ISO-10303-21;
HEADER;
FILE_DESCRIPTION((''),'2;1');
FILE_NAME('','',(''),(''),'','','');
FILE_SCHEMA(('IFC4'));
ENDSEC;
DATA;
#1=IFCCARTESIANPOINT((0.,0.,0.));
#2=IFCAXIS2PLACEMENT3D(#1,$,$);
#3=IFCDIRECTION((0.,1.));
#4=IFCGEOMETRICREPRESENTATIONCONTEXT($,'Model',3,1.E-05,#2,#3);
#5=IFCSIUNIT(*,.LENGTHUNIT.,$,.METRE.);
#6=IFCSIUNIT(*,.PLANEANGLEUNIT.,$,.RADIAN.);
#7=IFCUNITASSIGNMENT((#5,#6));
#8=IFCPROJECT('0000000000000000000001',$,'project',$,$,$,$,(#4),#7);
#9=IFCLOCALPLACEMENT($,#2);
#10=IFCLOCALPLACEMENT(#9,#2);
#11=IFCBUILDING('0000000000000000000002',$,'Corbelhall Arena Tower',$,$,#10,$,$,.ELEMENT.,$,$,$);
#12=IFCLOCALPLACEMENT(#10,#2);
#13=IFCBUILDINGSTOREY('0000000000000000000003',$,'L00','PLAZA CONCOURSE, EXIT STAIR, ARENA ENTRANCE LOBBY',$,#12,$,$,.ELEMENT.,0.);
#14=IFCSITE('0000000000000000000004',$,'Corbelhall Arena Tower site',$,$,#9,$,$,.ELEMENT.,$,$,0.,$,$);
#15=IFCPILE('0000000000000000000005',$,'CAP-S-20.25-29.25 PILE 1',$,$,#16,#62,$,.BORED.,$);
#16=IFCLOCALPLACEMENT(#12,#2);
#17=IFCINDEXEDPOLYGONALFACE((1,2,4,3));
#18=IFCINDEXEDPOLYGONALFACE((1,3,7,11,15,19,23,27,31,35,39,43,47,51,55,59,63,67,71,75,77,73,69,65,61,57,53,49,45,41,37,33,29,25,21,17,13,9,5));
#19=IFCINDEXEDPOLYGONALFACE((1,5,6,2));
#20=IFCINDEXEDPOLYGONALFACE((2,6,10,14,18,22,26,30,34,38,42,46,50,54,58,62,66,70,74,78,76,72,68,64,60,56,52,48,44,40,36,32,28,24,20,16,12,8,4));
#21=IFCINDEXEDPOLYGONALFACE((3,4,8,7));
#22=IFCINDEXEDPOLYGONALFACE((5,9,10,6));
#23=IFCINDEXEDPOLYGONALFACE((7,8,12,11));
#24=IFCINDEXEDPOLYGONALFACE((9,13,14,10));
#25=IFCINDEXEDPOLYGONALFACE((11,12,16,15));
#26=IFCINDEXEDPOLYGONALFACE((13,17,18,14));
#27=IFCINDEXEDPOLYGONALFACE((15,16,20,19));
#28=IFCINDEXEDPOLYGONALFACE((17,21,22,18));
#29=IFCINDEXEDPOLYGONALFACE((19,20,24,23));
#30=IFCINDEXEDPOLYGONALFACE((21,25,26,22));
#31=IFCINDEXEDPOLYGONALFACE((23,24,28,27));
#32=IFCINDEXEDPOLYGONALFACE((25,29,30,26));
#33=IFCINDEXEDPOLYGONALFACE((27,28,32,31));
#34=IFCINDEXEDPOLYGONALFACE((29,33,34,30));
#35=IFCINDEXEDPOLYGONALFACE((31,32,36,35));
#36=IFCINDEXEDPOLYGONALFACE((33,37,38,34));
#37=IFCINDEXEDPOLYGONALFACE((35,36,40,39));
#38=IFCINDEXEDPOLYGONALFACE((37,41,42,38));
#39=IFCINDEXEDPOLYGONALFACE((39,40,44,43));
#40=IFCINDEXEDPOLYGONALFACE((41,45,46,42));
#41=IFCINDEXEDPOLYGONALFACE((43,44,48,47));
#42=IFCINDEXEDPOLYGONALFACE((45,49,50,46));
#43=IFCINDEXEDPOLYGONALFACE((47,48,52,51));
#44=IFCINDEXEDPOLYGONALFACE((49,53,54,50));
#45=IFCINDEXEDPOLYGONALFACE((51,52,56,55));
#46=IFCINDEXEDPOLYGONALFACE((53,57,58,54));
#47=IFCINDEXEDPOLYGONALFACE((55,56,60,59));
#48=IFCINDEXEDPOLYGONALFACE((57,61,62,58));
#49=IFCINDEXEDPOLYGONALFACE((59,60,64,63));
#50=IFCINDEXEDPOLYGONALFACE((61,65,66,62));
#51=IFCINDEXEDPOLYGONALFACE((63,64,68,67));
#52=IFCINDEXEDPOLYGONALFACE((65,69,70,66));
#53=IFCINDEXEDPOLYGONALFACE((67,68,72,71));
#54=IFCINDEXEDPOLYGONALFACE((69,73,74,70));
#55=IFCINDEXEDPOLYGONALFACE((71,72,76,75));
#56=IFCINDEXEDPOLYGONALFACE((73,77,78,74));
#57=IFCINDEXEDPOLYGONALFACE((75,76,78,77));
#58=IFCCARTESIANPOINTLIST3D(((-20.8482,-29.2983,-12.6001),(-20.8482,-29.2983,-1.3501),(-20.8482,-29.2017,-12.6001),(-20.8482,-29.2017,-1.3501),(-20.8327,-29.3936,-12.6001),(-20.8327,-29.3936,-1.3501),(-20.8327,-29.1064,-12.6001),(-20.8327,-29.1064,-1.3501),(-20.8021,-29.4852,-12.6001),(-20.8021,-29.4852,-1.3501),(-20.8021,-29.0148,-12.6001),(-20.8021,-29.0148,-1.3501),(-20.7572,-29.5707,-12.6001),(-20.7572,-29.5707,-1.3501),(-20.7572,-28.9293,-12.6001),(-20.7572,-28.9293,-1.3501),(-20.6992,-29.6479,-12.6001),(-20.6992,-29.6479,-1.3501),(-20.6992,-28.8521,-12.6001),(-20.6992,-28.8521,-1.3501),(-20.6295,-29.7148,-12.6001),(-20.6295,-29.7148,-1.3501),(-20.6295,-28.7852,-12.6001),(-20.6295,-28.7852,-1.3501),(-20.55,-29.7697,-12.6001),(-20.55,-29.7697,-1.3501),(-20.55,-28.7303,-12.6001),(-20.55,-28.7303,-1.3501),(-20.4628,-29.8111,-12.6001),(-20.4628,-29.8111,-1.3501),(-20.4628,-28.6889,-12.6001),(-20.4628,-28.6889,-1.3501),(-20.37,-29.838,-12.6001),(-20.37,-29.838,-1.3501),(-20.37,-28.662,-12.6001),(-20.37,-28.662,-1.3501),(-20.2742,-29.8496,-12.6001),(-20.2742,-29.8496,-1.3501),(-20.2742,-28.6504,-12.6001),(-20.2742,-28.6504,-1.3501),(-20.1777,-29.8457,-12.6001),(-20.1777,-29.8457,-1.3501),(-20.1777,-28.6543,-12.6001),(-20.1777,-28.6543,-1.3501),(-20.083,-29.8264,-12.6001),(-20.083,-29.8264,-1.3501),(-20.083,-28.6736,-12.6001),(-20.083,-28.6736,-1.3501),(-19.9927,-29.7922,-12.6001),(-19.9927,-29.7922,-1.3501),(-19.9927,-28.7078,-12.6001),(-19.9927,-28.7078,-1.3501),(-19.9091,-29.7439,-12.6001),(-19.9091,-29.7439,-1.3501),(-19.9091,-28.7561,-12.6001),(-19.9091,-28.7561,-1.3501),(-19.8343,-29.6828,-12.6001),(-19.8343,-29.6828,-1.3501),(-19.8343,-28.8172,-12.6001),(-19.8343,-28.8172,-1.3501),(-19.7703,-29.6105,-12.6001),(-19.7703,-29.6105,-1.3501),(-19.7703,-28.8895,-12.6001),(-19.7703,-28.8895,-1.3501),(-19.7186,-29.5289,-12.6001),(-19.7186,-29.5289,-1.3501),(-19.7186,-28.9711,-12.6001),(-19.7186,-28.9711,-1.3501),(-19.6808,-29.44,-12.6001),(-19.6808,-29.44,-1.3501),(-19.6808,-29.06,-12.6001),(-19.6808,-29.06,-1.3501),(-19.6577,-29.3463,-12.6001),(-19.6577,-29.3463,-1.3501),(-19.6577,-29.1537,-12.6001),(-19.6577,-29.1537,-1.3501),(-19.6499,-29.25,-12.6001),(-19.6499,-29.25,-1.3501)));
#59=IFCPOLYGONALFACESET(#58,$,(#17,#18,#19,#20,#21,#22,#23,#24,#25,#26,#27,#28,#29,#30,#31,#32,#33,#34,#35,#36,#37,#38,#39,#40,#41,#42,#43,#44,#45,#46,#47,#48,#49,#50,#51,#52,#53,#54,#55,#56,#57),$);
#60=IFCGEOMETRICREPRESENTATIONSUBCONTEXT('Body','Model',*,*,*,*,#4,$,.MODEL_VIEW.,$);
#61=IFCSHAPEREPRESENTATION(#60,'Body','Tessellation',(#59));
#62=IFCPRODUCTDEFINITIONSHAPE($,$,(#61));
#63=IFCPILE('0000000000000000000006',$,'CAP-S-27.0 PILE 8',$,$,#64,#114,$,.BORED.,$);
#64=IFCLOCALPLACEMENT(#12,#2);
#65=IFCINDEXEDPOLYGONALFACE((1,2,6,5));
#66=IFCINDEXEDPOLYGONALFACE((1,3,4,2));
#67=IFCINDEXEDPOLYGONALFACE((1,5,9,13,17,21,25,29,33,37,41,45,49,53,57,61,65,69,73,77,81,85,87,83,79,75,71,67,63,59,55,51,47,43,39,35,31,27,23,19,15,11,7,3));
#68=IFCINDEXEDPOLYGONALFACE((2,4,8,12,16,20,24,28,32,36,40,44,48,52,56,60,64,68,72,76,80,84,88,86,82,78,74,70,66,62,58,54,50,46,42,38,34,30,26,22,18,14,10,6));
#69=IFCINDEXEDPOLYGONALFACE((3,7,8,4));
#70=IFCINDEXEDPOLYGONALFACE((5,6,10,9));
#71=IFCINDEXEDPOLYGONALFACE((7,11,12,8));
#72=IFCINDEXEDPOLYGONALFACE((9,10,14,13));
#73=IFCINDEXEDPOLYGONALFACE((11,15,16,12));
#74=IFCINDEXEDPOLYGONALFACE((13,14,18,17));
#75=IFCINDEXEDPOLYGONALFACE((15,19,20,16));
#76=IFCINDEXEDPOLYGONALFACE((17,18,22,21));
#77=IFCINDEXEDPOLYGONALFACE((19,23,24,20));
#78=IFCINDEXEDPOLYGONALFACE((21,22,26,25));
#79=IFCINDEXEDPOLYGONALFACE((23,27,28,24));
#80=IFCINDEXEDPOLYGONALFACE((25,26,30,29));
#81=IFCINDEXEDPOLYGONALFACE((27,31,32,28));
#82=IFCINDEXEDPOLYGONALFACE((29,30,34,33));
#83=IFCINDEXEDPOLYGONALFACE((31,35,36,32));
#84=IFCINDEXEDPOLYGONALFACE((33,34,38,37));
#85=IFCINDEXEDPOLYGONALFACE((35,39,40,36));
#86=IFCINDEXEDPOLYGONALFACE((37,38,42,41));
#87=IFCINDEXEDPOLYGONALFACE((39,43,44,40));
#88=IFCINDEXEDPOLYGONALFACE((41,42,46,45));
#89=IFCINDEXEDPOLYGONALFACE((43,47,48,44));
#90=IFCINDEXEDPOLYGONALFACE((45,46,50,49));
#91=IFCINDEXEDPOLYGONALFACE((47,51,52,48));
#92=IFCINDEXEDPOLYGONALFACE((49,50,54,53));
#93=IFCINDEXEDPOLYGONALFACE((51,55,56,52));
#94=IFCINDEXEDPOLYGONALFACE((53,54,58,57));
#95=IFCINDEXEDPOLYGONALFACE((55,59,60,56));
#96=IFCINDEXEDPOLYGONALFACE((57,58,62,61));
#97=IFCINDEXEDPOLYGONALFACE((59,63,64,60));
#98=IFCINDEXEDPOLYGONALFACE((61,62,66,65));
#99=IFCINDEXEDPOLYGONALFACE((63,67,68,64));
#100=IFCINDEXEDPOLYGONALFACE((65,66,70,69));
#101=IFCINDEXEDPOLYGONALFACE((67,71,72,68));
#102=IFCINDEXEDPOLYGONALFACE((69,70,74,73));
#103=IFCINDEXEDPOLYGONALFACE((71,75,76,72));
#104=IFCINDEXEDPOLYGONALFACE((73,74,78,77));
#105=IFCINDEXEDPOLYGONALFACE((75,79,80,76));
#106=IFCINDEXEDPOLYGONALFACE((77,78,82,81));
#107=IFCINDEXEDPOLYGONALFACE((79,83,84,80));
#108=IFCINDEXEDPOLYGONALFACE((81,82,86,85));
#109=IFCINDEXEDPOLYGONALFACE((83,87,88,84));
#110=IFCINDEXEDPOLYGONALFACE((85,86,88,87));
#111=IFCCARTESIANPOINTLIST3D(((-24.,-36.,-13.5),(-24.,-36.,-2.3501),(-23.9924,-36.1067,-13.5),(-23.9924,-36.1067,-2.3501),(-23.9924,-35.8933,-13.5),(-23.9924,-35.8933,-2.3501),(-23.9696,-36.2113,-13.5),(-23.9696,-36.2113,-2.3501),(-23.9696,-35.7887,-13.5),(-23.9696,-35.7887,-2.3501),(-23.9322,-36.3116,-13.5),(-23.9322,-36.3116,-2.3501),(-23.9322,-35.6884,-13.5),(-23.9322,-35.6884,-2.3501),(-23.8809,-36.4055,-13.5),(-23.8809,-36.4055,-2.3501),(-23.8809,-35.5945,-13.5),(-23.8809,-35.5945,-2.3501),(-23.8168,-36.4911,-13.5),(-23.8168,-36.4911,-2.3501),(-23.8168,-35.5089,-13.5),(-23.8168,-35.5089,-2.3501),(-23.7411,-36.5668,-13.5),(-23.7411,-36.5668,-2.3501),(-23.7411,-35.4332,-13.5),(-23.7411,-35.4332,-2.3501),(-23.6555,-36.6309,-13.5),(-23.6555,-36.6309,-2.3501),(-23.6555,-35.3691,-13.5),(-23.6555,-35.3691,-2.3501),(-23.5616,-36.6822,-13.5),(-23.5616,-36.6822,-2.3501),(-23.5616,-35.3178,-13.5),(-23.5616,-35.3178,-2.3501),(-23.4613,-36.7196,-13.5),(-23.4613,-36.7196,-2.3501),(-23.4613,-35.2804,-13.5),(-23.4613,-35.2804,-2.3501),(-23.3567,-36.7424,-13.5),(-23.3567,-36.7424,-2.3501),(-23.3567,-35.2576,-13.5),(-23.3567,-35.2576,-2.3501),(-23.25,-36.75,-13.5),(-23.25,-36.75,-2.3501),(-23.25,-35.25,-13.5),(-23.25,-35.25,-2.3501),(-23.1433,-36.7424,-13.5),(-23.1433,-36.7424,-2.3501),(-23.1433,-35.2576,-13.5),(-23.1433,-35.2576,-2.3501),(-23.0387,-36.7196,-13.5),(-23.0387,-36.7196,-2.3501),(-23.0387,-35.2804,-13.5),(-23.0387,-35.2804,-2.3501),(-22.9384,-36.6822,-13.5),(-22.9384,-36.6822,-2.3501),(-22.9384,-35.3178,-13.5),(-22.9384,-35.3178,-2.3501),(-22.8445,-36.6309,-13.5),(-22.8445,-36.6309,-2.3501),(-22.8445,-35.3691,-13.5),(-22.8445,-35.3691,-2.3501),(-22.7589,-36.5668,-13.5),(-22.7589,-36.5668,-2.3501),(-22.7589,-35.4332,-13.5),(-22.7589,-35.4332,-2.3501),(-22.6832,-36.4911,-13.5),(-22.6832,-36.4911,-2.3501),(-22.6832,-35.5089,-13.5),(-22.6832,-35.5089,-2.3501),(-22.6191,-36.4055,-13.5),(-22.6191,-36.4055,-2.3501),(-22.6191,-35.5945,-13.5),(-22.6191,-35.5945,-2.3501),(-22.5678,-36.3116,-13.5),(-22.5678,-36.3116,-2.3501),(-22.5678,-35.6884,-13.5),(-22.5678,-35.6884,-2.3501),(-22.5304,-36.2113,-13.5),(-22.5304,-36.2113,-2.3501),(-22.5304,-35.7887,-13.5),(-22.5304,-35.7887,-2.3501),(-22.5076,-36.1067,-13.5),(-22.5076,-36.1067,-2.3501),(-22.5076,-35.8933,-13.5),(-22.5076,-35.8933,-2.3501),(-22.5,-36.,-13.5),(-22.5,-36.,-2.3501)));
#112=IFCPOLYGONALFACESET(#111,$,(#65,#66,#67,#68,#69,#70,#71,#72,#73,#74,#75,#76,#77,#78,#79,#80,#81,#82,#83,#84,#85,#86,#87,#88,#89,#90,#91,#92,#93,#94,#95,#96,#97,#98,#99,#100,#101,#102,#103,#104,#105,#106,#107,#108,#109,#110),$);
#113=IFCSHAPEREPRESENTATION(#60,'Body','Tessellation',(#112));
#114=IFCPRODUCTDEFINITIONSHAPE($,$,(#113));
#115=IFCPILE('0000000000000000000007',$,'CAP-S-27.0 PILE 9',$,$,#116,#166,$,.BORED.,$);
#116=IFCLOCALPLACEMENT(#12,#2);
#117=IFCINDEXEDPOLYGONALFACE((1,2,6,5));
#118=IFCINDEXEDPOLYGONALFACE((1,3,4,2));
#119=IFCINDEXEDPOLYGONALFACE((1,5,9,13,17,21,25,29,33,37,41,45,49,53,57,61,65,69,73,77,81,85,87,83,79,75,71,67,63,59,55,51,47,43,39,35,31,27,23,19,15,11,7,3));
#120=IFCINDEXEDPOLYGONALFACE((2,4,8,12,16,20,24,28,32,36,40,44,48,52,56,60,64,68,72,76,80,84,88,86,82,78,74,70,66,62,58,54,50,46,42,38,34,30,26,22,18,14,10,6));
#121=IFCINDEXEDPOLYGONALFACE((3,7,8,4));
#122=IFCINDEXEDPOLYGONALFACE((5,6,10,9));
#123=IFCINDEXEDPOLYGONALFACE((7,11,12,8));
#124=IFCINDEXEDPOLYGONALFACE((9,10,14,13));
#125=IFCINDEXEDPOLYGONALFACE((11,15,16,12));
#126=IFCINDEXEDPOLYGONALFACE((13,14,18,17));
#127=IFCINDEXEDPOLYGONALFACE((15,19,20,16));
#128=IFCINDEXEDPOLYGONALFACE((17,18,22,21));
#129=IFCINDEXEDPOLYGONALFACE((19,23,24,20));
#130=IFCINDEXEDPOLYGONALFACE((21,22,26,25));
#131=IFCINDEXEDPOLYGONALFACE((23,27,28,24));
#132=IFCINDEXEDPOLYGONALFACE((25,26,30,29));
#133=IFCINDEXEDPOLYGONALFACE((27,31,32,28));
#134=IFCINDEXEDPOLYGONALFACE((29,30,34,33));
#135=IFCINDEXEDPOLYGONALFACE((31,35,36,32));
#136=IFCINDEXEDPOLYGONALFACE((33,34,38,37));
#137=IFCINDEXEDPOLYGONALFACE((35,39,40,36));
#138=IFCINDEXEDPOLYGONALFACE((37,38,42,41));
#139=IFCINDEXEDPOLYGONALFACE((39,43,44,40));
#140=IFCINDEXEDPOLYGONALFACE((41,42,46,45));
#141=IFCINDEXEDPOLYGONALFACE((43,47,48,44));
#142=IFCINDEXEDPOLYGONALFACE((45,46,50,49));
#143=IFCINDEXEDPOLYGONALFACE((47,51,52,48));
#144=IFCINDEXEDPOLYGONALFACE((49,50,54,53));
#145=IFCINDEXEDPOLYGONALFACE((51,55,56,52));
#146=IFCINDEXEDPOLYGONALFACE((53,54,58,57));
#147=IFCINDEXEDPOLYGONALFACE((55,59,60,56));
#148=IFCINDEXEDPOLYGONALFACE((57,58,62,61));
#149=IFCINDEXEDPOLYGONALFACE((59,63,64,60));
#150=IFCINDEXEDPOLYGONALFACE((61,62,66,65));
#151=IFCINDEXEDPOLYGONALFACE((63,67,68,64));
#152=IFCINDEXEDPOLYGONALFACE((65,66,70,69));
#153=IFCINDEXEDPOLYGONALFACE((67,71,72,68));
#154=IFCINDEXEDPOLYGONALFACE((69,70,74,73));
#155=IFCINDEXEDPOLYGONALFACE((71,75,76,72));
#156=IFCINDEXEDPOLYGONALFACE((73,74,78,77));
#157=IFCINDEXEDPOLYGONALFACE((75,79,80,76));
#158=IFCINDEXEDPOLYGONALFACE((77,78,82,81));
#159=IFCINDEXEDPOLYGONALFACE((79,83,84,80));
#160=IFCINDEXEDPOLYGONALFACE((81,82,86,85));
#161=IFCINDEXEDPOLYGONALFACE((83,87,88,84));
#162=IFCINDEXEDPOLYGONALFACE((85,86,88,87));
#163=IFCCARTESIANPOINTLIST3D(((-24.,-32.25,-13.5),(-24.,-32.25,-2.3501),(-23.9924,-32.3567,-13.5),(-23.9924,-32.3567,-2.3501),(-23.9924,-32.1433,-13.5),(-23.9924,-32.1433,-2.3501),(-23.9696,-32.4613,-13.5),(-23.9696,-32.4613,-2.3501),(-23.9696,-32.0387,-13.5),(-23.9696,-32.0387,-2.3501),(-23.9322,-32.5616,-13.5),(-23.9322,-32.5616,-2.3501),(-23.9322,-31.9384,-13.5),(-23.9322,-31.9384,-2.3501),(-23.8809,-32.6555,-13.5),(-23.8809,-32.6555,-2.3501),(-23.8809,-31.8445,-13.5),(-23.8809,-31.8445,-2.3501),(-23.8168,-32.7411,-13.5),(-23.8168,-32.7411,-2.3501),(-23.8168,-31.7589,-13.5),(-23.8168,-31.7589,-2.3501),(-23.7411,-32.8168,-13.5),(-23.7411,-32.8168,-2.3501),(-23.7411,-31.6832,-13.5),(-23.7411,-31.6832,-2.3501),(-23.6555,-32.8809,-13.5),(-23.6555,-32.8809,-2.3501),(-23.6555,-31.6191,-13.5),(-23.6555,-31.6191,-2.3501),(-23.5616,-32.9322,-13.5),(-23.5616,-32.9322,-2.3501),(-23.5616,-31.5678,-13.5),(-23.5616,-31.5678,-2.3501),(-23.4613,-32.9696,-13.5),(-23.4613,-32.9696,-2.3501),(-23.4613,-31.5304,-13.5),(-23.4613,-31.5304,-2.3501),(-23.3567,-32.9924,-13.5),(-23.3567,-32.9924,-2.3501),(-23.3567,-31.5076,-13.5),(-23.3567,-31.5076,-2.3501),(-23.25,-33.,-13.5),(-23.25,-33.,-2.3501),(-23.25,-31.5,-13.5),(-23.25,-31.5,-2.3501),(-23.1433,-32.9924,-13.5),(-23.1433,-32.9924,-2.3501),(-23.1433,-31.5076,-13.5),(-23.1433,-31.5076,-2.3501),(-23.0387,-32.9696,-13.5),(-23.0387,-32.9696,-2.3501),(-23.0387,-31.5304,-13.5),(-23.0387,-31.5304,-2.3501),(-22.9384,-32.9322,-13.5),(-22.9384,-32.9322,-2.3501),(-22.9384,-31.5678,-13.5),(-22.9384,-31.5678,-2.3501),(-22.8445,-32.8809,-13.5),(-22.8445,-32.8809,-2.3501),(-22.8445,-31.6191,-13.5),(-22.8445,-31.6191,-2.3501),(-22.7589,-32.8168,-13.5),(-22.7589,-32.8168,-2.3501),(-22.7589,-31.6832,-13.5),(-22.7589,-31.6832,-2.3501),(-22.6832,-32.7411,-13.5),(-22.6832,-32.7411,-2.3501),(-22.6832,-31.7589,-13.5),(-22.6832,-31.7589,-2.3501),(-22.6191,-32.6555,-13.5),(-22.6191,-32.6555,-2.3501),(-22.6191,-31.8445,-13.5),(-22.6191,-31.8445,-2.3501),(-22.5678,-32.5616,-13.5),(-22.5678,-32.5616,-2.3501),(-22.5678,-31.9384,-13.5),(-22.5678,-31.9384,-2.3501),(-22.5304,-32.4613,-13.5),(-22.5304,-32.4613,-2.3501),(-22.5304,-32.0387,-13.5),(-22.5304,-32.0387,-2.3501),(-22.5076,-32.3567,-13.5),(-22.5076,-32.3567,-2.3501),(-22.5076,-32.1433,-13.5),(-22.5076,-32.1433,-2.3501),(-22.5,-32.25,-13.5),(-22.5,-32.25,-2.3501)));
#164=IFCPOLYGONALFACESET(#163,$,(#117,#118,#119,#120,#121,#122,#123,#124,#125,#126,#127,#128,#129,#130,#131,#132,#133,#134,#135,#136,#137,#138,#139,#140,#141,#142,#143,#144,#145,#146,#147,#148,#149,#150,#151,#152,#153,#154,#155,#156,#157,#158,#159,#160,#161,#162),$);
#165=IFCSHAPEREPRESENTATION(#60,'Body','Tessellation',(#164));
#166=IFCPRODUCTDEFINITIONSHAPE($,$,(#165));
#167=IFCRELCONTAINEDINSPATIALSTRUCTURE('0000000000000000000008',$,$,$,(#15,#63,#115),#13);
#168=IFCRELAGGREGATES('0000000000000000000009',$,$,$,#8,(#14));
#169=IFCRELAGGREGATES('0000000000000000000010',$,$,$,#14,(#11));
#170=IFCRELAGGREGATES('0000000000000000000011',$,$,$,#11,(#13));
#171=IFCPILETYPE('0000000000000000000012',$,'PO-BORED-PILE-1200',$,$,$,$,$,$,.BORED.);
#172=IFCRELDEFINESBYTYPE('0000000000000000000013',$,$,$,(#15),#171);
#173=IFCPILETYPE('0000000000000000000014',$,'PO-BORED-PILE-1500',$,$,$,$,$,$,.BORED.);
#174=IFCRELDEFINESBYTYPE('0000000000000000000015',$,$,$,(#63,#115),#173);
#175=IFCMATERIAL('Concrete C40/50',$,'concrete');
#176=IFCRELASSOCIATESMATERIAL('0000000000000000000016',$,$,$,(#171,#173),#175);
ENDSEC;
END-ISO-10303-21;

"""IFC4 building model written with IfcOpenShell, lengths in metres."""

from ifc_helpers import new_model, si_unit, direction, frame, origin, origin_2d, place, context, subcontext, project, spatial, circle, extrude, material, material_profile, profile_set, type_object, element, save


model = new_model("IFC4")

# Units and contexts
model_context = context("Model", 3, precision=1e-05, world=origin(), true_north=direction((0.0, 1.0)))
body_context = subcontext(model_context, "Body", "Model", "MODEL_VIEW")
ifc_project = project(units=[si_unit("LENGTHUNIT", "METRE"), si_unit("PLANEANGLEUNIT", "RADIAN")], contexts=[model_context])

# Site, building, storey
site_placement = place(None, origin())
site = spatial("IfcSite", under=ifc_project, at=site_placement, Name="Corbelhall Arena Tower site", CompositionType="ELEMENT", RefElevation=0.0)
building_placement = place(site_placement, origin())
building = spatial("IfcBuilding", under=site, at=building_placement, Name="Corbelhall Arena Tower", CompositionType="ELEMENT")
storey_placement = place(building_placement, origin())
storey = spatial("IfcBuildingStorey", under=building, at=storey_placement, Name="L00", Description="PLAZA CONCOURSE, EXIT STAIR, ARENA ENTRANCE LOBBY", CompositionType="ELEMENT", Elevation=0.0)

# Piles
ifc_material_1 = material(Name="Concrete C40/50", Category="concrete")
ifc_material_profile_1 = material_profile(ifc_material_1, circle(Radius=0.6001, at=origin_2d()))
ifc_profile_set_1 = profile_set([ifc_material_profile_1], Name="Concrete C40/50")
pile_type_1 = type_object("IfcPileType", Name="PO-BORED-PILE-1200", PredefinedType="BORED", material=ifc_profile_set_1)
pile_placement = place(storey_placement, frame((-20.25, -29.25, -1.3501), z_axis=(0.0, 0.0, -1.0), x_axis=(1.0, 0.0, 0.0)))
element("IfcPile", 1, at=pile_placement, inside=storey, type_object=pile_type_1, Name="CAP-S-20.25-29.25 PILE 1", PredefinedType="BORED", context=body_context, shape_type="SweptSolid", body=[
    extrude(circle(Radius=0.6001, at=origin_2d()), origin(), (0.0, 0.0, 1.0), 11.25),
])
ifc_material_profile_2 = material_profile(ifc_material_1, circle(Radius=0.75, at=origin_2d()))
ifc_profile_set_2 = profile_set([ifc_material_profile_2], Name="Concrete C40/50")
pile_type_2 = type_object("IfcPileType", Name="PO-BORED-PILE-1500", PredefinedType="BORED", material=ifc_profile_set_2)
for number, where, z_axis, x_axis, name in (
    (2, (-23.25, -36.0, -2.3501), (0.0, 0.0, -1.0), (1.0, 0.0, 0.0), "CAP-S-27.0 PILE 8"),
    (3, (-23.25, -32.25, -2.3501), (0.0, 0.0, -1.0), (1.0, 0.0, 0.0), "CAP-S-27.0 PILE 9"),
):
    element("IfcPile", number, at=place(storey_placement, frame(where, z_axis=z_axis, x_axis=x_axis)), inside=storey, type_object=pile_type_2, Name=name, PredefinedType="BORED", context=body_context, shape_type="SweptSolid", body=[
        extrude(circle(Radius=0.75, at=origin_2d()), origin(), (0.0, 0.0, 1.0), 11.1499),
    ])

save(model, "model.ifc")
